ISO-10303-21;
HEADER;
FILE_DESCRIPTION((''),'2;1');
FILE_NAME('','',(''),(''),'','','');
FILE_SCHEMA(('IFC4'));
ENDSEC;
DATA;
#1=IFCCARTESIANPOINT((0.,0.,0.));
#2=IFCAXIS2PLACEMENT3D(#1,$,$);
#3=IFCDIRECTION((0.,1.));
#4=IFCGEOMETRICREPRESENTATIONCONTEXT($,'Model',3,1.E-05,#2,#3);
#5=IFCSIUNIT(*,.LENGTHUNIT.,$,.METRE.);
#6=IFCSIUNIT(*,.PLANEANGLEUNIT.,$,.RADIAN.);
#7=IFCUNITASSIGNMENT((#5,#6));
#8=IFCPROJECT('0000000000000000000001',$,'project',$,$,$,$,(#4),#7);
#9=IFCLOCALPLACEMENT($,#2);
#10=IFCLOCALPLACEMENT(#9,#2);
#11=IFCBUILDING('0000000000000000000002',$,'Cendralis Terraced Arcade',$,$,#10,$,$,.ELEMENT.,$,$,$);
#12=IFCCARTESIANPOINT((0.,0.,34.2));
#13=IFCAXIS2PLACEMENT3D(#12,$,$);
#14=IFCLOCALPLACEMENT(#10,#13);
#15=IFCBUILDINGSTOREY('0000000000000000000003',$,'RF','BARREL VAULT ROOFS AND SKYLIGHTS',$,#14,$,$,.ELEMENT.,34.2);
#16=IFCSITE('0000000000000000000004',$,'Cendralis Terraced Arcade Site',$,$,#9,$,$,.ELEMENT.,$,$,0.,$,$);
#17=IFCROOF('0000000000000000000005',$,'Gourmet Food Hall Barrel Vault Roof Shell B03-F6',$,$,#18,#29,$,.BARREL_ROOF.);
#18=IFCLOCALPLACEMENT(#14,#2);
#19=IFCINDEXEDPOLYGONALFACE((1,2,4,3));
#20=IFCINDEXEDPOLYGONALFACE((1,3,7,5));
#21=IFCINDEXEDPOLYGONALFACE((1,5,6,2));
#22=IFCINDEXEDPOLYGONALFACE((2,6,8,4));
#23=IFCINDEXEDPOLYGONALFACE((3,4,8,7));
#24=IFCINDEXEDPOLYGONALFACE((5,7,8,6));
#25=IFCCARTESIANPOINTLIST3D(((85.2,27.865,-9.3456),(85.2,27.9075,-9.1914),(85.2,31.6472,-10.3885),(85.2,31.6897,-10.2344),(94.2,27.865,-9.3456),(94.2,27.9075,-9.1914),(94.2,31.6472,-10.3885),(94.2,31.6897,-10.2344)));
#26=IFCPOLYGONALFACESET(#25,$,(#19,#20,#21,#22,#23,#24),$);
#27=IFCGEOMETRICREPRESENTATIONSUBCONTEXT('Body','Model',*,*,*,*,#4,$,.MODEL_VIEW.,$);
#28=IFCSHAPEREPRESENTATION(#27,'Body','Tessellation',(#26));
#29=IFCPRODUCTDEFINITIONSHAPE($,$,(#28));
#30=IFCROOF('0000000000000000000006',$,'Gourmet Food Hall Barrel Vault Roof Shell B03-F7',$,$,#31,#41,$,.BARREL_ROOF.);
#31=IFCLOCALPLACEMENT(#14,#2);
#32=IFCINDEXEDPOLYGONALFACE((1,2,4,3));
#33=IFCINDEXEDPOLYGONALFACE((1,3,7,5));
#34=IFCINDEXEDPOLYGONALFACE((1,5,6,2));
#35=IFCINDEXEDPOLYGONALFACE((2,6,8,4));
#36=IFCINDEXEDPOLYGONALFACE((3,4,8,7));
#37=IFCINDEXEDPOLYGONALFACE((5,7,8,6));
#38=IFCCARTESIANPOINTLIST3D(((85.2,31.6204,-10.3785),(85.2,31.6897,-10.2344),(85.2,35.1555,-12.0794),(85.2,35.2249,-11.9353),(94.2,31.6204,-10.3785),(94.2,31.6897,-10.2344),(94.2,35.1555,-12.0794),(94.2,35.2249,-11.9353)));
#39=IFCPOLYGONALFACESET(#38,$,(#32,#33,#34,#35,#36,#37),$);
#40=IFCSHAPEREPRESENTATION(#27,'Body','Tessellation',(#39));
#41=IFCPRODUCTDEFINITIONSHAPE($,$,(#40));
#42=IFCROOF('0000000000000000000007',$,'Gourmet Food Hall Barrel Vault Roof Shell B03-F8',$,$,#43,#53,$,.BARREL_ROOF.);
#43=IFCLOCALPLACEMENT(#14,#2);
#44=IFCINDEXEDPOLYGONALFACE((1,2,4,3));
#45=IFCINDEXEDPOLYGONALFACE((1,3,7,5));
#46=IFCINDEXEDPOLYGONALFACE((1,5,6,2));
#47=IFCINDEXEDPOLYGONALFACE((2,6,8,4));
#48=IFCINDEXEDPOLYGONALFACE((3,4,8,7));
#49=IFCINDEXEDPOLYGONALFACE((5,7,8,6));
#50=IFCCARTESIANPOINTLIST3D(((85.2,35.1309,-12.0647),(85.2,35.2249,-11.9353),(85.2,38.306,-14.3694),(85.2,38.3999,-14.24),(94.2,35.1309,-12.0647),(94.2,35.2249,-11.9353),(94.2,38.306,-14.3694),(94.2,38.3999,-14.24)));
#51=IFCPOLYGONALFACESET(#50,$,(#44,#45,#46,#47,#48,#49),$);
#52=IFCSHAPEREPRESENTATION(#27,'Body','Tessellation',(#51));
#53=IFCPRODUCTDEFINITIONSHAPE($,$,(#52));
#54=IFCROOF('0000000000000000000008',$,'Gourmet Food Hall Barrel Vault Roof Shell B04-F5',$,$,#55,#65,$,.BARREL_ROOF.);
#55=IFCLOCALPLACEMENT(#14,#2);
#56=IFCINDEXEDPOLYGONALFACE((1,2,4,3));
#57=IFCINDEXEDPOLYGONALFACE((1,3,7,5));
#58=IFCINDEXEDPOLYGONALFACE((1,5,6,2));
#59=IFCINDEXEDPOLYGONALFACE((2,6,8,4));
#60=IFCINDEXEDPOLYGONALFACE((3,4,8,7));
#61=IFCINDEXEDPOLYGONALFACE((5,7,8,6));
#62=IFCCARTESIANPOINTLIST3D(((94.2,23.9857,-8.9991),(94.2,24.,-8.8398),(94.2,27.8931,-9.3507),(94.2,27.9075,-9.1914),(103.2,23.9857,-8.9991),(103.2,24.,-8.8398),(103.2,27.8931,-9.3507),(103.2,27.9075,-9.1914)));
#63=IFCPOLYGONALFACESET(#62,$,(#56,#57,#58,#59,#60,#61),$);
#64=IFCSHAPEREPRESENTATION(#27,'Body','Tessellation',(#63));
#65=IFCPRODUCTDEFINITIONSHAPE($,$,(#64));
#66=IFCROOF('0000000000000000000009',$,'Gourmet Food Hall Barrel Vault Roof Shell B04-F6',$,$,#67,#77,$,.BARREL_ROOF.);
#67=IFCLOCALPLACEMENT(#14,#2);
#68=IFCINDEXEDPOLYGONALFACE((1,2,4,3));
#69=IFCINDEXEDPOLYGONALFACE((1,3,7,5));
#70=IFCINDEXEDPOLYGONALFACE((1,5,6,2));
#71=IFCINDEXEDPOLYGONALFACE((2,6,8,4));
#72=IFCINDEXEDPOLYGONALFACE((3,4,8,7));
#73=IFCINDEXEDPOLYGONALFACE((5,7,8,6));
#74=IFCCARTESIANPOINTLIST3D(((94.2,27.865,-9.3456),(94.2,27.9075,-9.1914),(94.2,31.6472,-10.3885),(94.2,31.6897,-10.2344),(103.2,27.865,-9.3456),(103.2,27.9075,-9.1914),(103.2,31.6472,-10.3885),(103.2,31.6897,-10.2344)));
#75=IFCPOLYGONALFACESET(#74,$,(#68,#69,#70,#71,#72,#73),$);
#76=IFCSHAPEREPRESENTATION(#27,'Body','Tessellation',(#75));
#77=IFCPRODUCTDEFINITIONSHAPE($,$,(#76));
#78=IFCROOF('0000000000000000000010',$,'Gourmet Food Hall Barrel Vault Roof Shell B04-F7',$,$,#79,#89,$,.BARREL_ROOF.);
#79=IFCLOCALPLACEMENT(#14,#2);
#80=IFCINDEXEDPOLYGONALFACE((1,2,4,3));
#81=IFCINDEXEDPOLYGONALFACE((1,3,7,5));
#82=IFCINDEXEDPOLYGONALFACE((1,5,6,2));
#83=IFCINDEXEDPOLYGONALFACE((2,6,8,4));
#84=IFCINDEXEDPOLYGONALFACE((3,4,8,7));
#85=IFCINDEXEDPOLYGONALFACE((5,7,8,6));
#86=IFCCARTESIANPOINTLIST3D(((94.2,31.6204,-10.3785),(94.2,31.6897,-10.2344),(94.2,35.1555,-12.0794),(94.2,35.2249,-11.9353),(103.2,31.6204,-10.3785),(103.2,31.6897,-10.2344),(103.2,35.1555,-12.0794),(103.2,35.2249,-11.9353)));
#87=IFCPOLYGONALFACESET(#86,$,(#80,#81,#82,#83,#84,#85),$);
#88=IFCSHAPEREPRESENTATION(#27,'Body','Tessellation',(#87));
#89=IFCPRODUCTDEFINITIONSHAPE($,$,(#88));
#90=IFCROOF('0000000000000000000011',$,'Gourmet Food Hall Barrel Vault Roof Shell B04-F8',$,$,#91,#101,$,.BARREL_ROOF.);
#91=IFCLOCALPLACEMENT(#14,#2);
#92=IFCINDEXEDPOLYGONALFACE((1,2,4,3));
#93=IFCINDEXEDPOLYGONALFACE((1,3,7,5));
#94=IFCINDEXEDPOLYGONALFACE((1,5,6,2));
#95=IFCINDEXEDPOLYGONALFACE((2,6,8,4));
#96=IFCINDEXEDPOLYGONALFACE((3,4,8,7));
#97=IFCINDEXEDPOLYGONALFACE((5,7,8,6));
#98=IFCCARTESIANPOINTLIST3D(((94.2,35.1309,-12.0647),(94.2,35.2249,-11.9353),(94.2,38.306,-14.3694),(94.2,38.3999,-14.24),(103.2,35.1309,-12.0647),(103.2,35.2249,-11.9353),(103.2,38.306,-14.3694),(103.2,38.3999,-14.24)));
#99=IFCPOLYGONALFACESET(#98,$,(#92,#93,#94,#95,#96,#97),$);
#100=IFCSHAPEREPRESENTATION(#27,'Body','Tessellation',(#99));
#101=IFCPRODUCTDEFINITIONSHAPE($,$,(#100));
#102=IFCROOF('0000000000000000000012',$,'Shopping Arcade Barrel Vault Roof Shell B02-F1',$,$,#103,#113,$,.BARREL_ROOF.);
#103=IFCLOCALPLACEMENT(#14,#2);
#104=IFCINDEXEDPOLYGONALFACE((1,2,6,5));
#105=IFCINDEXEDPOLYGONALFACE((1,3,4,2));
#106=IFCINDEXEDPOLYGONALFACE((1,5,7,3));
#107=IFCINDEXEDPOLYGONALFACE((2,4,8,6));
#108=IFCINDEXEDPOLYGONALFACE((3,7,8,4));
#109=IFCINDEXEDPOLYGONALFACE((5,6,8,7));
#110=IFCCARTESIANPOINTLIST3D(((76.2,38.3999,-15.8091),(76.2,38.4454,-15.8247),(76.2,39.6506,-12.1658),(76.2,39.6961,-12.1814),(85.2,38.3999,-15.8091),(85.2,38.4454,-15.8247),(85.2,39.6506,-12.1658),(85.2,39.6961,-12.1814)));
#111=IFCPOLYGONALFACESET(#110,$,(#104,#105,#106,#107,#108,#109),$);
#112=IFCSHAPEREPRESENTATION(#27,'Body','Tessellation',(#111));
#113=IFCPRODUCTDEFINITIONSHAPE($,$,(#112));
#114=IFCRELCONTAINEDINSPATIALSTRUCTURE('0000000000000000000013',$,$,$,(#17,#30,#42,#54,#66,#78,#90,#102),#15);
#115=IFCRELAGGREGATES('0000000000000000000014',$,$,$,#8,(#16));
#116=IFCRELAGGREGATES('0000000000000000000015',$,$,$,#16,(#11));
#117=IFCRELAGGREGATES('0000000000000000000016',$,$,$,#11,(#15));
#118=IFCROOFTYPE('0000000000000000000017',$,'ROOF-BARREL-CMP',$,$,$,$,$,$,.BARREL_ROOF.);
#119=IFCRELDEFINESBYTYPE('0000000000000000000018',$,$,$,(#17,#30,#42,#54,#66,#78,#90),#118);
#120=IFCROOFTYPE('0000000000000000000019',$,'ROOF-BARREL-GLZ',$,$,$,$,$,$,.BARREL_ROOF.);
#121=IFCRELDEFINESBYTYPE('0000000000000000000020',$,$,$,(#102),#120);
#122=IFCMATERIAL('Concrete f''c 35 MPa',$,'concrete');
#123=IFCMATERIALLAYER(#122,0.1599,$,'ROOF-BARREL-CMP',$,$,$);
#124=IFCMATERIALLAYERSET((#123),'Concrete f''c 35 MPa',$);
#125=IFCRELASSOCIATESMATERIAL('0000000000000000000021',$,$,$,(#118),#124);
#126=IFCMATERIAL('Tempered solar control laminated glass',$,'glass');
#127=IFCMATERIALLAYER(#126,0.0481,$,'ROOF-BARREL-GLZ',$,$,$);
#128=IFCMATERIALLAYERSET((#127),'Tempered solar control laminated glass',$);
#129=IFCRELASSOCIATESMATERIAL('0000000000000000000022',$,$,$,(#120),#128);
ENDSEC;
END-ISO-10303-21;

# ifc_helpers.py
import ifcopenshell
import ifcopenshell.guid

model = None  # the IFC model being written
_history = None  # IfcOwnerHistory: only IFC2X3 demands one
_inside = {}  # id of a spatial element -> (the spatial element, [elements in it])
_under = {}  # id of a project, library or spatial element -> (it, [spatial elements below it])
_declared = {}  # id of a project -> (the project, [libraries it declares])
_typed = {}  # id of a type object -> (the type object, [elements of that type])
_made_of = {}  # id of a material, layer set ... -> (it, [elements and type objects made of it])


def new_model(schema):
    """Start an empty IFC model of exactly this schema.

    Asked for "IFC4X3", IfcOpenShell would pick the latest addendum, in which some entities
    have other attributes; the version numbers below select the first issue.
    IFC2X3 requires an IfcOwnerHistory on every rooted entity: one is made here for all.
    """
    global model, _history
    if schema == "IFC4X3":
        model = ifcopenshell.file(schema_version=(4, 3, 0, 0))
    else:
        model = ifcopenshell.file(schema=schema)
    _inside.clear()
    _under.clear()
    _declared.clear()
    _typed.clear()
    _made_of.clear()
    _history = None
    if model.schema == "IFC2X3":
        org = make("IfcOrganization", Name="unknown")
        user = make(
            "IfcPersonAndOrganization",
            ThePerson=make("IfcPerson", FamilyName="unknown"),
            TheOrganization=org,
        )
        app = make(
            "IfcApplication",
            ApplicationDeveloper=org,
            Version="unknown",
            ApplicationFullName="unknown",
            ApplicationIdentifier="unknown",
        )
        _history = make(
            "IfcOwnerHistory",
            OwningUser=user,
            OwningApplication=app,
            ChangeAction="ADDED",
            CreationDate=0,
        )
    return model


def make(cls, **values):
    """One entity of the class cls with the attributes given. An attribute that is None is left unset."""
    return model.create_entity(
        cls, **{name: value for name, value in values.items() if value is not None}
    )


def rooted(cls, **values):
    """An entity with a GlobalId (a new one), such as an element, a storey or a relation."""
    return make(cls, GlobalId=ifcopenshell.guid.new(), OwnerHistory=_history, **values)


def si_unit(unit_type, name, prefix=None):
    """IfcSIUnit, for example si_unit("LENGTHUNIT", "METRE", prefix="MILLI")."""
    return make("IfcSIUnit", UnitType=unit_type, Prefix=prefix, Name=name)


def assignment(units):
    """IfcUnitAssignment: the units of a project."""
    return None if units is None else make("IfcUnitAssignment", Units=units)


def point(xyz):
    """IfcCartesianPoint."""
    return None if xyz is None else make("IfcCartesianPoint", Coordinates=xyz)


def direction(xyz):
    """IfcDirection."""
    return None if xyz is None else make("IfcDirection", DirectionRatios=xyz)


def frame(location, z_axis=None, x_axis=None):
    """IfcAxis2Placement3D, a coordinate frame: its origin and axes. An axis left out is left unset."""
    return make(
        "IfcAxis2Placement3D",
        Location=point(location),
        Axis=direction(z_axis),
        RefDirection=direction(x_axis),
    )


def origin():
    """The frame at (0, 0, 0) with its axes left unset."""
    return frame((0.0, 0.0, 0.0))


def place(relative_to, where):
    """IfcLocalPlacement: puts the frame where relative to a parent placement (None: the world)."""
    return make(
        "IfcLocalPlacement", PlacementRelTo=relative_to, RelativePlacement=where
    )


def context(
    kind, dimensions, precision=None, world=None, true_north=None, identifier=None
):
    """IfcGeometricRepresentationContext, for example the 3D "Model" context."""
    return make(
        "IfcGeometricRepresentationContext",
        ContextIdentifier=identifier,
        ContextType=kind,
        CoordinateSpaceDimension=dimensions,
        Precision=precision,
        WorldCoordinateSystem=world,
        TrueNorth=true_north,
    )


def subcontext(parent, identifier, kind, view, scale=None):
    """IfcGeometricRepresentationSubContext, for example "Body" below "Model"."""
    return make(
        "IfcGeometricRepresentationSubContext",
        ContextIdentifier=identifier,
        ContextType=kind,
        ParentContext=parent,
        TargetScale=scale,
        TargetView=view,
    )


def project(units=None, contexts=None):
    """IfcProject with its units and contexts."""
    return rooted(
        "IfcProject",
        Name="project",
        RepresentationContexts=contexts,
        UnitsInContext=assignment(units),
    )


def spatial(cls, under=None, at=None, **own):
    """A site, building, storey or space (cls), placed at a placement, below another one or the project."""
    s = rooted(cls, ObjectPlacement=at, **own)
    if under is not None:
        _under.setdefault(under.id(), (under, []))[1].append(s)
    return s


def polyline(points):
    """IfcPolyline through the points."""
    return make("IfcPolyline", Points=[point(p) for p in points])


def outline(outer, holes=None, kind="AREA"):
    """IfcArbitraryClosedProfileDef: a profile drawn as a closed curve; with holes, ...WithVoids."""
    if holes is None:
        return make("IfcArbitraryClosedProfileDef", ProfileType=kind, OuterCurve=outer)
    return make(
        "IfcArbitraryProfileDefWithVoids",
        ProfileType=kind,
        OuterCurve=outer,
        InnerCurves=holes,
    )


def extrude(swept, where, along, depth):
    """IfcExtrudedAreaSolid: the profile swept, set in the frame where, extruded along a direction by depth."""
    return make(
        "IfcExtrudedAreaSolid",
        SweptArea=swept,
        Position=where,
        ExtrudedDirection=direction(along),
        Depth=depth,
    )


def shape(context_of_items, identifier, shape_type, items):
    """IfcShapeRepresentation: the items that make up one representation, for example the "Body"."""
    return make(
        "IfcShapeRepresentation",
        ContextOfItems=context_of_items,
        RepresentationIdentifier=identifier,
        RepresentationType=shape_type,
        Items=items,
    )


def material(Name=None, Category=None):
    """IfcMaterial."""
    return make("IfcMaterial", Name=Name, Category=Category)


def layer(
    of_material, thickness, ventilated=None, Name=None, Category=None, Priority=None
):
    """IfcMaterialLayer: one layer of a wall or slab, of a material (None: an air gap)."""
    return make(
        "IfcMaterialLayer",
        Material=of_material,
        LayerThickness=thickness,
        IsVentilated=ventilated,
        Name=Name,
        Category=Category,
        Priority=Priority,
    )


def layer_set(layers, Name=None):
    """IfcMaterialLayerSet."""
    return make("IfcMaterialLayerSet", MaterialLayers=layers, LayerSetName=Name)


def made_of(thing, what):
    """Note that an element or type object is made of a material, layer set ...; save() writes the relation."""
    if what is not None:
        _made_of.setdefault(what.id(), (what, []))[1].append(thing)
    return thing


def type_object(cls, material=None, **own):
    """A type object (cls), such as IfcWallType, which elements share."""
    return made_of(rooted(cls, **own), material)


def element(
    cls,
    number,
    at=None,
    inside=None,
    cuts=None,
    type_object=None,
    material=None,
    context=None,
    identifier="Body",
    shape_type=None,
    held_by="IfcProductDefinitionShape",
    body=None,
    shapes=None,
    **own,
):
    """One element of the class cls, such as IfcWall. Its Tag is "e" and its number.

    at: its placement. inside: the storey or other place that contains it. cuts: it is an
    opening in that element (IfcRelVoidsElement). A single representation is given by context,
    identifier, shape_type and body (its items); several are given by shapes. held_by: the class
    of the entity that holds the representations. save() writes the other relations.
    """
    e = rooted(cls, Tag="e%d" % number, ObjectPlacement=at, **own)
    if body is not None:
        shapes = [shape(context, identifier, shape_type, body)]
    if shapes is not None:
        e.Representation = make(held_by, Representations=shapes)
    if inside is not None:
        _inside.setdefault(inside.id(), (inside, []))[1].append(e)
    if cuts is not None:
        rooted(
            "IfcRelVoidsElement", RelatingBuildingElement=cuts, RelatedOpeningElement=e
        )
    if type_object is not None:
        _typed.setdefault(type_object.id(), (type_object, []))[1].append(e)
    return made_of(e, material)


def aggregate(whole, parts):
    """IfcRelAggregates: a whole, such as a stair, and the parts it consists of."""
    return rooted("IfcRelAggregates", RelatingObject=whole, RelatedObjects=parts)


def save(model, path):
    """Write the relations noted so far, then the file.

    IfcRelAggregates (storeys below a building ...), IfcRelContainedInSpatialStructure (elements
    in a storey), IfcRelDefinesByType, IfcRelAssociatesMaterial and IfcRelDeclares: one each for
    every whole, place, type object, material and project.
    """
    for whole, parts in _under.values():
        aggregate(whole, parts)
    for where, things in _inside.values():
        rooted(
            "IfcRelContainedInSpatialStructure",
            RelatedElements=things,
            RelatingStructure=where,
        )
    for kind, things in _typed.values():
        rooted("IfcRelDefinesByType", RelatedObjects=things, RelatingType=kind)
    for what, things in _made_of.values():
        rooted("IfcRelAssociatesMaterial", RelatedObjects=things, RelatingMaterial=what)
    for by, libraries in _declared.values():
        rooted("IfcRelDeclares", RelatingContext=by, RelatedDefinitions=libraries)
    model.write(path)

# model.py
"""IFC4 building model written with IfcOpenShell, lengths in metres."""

from ifc_helpers import new_model, si_unit, direction, frame, origin, place, context, subcontext, project, spatial, polyline, outline, extrude, material, layer, layer_set, type_object, element, save


model = new_model("IFC4")

# Units and contexts
model_context = context("Model", 3, precision=1e-05, world=origin(), true_north=direction((0.0, 1.0)))
body_context = subcontext(model_context, "Body", "Model", "MODEL_VIEW")
ifc_project = project(units=[si_unit("LENGTHUNIT", "METRE"), si_unit("PLANEANGLEUNIT", "RADIAN")], contexts=[model_context])

# Site, building, storey
site_placement = place(None, origin())
site = spatial("IfcSite", under=ifc_project, at=site_placement, Name="Cendralis Terraced Arcade Site", CompositionType="ELEMENT", RefElevation=0.0)
building_placement = place(site_placement, origin())
building = spatial("IfcBuilding", under=site, at=building_placement, Name="Cendralis Terraced Arcade", CompositionType="ELEMENT")
storey_placement = place(building_placement, frame((0.0, 0.0, 34.2)))
storey = spatial("IfcBuildingStorey", under=building, at=storey_placement, Name="RF", Description="BARREL VAULT ROOFS AND SKYLIGHTS", CompositionType="ELEMENT", Elevation=34.2)

# Roofs
ifc_material_1 = material(Name="Concrete f'c 35 MPa", Category="concrete")
ifc_layer_1 = layer(ifc_material_1, 0.1599, Name="ROOF-BARREL-CMP")
ifc_layer_set_1 = layer_set([ifc_layer_1], Name="Concrete f'c 35 MPa")
roof_type_1 = type_object("IfcRoofType", Name="ROOF-BARREL-CMP", PredefinedType="BARREL_ROOF", material=ifc_layer_set_1)
roof_1_placement = place(storey_placement, frame((85.2, 27.9075, -9.1914), z_axis=(0.0, 0.265833, 0.964019), x_axis=(1.0, 0.0, 0.0)))
element("IfcRoof", 1, at=roof_1_placement, inside=storey, type_object=roof_type_1, Name="Gourmet Food Hall Barrel Vault Roof Shell B03-F6", PredefinedType="BARREL_ROOF", context=body_context, shape_type="SweptSolid", body=[
    extrude(outline(polyline([(0.0, 0.0), (9.0, 0.0), (9.0, 3.9234), (0.0, 3.9234), (0.0, 0.0)])), origin(), (0.0, 0.0, -1.0), 0.1599),
])
roof_2_placement = place(storey_placement, frame((85.2, 31.6897, -10.2344), z_axis=(0.0, 0.43357, 0.90112), x_axis=(1.0, 0.0, 0.0)))
element("IfcRoof", 2, at=roof_2_placement, inside=storey, type_object=roof_type_1, Name="Gourmet Food Hall Barrel Vault Roof Shell B03-F7", PredefinedType="BARREL_ROOF", context=body_context, shape_type="SweptSolid", body=[
    extrude(outline(polyline([(0.0, 0.0), (9.0, 0.0), (9.0, 3.9231), (0.0, 3.9231), (0.0, 0.0)])), origin(), (0.0, 0.0, -1.0), 0.1599),
])
roof_3_placement = place(storey_placement, frame((85.2, 35.2249, -11.9353), z_axis=(0.0, 0.587431, 0.809274), x_axis=(1.0, 0.0, 0.0)))
element("IfcRoof", 3, at=roof_3_placement, inside=storey, type_object=roof_type_1, Name="Gourmet Food Hall Barrel Vault Roof Shell B03-F8", PredefinedType="BARREL_ROOF", context=body_context, shape_type="SweptSolid", body=[
    extrude(outline(polyline([(0.0, 0.0), (9.0, 0.0), (9.0, 3.9233), (0.0, 3.9233), (0.0, 0.0)])), origin(), (0.0, 0.0, -1.0), 0.1599),
])
roof_4_placement = place(storey_placement, frame((94.2, 24.0, -8.8398), z_axis=(0.0, 0.08961, 0.995977), x_axis=(1.0, 0.0, 0.0)))
element("IfcRoof", 4, at=roof_4_placement, inside=storey, type_object=roof_type_1, Name="Gourmet Food Hall Barrel Vault Roof Shell B04-F5", PredefinedType="BARREL_ROOF", context=body_context, shape_type="SweptSolid", body=[
    extrude(outline(polyline([(0.0, 0.0), (9.0, 0.0), (9.0, 3.9233), (0.0, 3.9233), (0.0, 0.0)])), origin(), (0.0, 0.0, -1.0), 0.1599),
])
roof_5_placement = place(storey_placement, frame((94.2, 27.9075, -9.1914), z_axis=(0.0, 0.265833, 0.964019), x_axis=(1.0, 0.0, 0.0)))
element("IfcRoof", 5, at=roof_5_placement, inside=storey, type_object=roof_type_1, Name="Gourmet Food Hall Barrel Vault Roof Shell B04-F6", PredefinedType="BARREL_ROOF", context=body_context, shape_type="SweptSolid", body=[
    extrude(outline(polyline([(0.0, 0.0), (9.0, 0.0), (9.0, 3.9234), (0.0, 3.9234), (0.0, 0.0)])), origin(), (0.0, 0.0, -1.0), 0.1599),
])
roof_6_placement = place(storey_placement, frame((94.2, 31.6897, -10.2344), z_axis=(0.0, 0.43357, 0.90112), x_axis=(1.0, 0.0, 0.0)))
element("IfcRoof", 6, at=roof_6_placement, inside=storey, type_object=roof_type_1, Name="Gourmet Food Hall Barrel Vault Roof Shell B04-F7", PredefinedType="BARREL_ROOF", context=body_context, shape_type="SweptSolid", body=[
    extrude(outline(polyline([(0.0, 0.0), (9.0, 0.0), (9.0, 3.9231), (0.0, 3.9231), (0.0, 0.0)])), origin(), (0.0, 0.0, -1.0), 0.1599),
])
roof_7_placement = place(storey_placement, frame((94.2, 35.2249, -11.9353), z_axis=(0.0, 0.587431, 0.809274), x_axis=(1.0, 0.0, 0.0)))
element("IfcRoof", 7, at=roof_7_placement, inside=storey, type_object=roof_type_1, Name="Gourmet Food Hall Barrel Vault Roof Shell B04-F8", PredefinedType="BARREL_ROOF", context=body_context, shape_type="SweptSolid", body=[
    extrude(outline(polyline([(0.0, 0.0), (9.0, 0.0), (9.0, 3.9233), (0.0, 3.9233), (0.0, 0.0)])), origin(), (0.0, 0.0, -1.0), 0.1599),
])
ifc_material_2 = material(Name="Tempered solar control laminated glass", Category="glass")
ifc_layer_2 = layer(ifc_material_2, 0.0481, Name="ROOF-BARREL-GLZ")
ifc_layer_set_2 = layer_set([ifc_layer_2], Name="Tempered solar control laminated glass")
roof_type_2 = type_object("IfcRoofType", Name="ROOF-BARREL-GLZ", PredefinedType="BARREL_ROOF", material=ifc_layer_set_2)
roof_8_placement = place(storey_placement, frame((76.2, 38.3999, -15.8091), z_axis=(0.0, -0.945819, 0.324695), x_axis=(1.0, 0.0, 0.0)))
element("IfcRoof", 8, at=roof_8_placement, inside=storey, type_object=roof_type_2, Name="Shopping Arcade Barrel Vault Roof Shell B02-F1", PredefinedType="BARREL_ROOF", context=body_context, shape_type="SweptSolid", body=[
    extrude(outline(polyline([(0.0, 0.0), (9.0, 0.0), (9.0, 3.852), (0.0, 3.852), (0.0, 0.0)])), origin(), (0.0, 0.0, -1.0), 0.0481),
])

save(model, "model.ifc")
